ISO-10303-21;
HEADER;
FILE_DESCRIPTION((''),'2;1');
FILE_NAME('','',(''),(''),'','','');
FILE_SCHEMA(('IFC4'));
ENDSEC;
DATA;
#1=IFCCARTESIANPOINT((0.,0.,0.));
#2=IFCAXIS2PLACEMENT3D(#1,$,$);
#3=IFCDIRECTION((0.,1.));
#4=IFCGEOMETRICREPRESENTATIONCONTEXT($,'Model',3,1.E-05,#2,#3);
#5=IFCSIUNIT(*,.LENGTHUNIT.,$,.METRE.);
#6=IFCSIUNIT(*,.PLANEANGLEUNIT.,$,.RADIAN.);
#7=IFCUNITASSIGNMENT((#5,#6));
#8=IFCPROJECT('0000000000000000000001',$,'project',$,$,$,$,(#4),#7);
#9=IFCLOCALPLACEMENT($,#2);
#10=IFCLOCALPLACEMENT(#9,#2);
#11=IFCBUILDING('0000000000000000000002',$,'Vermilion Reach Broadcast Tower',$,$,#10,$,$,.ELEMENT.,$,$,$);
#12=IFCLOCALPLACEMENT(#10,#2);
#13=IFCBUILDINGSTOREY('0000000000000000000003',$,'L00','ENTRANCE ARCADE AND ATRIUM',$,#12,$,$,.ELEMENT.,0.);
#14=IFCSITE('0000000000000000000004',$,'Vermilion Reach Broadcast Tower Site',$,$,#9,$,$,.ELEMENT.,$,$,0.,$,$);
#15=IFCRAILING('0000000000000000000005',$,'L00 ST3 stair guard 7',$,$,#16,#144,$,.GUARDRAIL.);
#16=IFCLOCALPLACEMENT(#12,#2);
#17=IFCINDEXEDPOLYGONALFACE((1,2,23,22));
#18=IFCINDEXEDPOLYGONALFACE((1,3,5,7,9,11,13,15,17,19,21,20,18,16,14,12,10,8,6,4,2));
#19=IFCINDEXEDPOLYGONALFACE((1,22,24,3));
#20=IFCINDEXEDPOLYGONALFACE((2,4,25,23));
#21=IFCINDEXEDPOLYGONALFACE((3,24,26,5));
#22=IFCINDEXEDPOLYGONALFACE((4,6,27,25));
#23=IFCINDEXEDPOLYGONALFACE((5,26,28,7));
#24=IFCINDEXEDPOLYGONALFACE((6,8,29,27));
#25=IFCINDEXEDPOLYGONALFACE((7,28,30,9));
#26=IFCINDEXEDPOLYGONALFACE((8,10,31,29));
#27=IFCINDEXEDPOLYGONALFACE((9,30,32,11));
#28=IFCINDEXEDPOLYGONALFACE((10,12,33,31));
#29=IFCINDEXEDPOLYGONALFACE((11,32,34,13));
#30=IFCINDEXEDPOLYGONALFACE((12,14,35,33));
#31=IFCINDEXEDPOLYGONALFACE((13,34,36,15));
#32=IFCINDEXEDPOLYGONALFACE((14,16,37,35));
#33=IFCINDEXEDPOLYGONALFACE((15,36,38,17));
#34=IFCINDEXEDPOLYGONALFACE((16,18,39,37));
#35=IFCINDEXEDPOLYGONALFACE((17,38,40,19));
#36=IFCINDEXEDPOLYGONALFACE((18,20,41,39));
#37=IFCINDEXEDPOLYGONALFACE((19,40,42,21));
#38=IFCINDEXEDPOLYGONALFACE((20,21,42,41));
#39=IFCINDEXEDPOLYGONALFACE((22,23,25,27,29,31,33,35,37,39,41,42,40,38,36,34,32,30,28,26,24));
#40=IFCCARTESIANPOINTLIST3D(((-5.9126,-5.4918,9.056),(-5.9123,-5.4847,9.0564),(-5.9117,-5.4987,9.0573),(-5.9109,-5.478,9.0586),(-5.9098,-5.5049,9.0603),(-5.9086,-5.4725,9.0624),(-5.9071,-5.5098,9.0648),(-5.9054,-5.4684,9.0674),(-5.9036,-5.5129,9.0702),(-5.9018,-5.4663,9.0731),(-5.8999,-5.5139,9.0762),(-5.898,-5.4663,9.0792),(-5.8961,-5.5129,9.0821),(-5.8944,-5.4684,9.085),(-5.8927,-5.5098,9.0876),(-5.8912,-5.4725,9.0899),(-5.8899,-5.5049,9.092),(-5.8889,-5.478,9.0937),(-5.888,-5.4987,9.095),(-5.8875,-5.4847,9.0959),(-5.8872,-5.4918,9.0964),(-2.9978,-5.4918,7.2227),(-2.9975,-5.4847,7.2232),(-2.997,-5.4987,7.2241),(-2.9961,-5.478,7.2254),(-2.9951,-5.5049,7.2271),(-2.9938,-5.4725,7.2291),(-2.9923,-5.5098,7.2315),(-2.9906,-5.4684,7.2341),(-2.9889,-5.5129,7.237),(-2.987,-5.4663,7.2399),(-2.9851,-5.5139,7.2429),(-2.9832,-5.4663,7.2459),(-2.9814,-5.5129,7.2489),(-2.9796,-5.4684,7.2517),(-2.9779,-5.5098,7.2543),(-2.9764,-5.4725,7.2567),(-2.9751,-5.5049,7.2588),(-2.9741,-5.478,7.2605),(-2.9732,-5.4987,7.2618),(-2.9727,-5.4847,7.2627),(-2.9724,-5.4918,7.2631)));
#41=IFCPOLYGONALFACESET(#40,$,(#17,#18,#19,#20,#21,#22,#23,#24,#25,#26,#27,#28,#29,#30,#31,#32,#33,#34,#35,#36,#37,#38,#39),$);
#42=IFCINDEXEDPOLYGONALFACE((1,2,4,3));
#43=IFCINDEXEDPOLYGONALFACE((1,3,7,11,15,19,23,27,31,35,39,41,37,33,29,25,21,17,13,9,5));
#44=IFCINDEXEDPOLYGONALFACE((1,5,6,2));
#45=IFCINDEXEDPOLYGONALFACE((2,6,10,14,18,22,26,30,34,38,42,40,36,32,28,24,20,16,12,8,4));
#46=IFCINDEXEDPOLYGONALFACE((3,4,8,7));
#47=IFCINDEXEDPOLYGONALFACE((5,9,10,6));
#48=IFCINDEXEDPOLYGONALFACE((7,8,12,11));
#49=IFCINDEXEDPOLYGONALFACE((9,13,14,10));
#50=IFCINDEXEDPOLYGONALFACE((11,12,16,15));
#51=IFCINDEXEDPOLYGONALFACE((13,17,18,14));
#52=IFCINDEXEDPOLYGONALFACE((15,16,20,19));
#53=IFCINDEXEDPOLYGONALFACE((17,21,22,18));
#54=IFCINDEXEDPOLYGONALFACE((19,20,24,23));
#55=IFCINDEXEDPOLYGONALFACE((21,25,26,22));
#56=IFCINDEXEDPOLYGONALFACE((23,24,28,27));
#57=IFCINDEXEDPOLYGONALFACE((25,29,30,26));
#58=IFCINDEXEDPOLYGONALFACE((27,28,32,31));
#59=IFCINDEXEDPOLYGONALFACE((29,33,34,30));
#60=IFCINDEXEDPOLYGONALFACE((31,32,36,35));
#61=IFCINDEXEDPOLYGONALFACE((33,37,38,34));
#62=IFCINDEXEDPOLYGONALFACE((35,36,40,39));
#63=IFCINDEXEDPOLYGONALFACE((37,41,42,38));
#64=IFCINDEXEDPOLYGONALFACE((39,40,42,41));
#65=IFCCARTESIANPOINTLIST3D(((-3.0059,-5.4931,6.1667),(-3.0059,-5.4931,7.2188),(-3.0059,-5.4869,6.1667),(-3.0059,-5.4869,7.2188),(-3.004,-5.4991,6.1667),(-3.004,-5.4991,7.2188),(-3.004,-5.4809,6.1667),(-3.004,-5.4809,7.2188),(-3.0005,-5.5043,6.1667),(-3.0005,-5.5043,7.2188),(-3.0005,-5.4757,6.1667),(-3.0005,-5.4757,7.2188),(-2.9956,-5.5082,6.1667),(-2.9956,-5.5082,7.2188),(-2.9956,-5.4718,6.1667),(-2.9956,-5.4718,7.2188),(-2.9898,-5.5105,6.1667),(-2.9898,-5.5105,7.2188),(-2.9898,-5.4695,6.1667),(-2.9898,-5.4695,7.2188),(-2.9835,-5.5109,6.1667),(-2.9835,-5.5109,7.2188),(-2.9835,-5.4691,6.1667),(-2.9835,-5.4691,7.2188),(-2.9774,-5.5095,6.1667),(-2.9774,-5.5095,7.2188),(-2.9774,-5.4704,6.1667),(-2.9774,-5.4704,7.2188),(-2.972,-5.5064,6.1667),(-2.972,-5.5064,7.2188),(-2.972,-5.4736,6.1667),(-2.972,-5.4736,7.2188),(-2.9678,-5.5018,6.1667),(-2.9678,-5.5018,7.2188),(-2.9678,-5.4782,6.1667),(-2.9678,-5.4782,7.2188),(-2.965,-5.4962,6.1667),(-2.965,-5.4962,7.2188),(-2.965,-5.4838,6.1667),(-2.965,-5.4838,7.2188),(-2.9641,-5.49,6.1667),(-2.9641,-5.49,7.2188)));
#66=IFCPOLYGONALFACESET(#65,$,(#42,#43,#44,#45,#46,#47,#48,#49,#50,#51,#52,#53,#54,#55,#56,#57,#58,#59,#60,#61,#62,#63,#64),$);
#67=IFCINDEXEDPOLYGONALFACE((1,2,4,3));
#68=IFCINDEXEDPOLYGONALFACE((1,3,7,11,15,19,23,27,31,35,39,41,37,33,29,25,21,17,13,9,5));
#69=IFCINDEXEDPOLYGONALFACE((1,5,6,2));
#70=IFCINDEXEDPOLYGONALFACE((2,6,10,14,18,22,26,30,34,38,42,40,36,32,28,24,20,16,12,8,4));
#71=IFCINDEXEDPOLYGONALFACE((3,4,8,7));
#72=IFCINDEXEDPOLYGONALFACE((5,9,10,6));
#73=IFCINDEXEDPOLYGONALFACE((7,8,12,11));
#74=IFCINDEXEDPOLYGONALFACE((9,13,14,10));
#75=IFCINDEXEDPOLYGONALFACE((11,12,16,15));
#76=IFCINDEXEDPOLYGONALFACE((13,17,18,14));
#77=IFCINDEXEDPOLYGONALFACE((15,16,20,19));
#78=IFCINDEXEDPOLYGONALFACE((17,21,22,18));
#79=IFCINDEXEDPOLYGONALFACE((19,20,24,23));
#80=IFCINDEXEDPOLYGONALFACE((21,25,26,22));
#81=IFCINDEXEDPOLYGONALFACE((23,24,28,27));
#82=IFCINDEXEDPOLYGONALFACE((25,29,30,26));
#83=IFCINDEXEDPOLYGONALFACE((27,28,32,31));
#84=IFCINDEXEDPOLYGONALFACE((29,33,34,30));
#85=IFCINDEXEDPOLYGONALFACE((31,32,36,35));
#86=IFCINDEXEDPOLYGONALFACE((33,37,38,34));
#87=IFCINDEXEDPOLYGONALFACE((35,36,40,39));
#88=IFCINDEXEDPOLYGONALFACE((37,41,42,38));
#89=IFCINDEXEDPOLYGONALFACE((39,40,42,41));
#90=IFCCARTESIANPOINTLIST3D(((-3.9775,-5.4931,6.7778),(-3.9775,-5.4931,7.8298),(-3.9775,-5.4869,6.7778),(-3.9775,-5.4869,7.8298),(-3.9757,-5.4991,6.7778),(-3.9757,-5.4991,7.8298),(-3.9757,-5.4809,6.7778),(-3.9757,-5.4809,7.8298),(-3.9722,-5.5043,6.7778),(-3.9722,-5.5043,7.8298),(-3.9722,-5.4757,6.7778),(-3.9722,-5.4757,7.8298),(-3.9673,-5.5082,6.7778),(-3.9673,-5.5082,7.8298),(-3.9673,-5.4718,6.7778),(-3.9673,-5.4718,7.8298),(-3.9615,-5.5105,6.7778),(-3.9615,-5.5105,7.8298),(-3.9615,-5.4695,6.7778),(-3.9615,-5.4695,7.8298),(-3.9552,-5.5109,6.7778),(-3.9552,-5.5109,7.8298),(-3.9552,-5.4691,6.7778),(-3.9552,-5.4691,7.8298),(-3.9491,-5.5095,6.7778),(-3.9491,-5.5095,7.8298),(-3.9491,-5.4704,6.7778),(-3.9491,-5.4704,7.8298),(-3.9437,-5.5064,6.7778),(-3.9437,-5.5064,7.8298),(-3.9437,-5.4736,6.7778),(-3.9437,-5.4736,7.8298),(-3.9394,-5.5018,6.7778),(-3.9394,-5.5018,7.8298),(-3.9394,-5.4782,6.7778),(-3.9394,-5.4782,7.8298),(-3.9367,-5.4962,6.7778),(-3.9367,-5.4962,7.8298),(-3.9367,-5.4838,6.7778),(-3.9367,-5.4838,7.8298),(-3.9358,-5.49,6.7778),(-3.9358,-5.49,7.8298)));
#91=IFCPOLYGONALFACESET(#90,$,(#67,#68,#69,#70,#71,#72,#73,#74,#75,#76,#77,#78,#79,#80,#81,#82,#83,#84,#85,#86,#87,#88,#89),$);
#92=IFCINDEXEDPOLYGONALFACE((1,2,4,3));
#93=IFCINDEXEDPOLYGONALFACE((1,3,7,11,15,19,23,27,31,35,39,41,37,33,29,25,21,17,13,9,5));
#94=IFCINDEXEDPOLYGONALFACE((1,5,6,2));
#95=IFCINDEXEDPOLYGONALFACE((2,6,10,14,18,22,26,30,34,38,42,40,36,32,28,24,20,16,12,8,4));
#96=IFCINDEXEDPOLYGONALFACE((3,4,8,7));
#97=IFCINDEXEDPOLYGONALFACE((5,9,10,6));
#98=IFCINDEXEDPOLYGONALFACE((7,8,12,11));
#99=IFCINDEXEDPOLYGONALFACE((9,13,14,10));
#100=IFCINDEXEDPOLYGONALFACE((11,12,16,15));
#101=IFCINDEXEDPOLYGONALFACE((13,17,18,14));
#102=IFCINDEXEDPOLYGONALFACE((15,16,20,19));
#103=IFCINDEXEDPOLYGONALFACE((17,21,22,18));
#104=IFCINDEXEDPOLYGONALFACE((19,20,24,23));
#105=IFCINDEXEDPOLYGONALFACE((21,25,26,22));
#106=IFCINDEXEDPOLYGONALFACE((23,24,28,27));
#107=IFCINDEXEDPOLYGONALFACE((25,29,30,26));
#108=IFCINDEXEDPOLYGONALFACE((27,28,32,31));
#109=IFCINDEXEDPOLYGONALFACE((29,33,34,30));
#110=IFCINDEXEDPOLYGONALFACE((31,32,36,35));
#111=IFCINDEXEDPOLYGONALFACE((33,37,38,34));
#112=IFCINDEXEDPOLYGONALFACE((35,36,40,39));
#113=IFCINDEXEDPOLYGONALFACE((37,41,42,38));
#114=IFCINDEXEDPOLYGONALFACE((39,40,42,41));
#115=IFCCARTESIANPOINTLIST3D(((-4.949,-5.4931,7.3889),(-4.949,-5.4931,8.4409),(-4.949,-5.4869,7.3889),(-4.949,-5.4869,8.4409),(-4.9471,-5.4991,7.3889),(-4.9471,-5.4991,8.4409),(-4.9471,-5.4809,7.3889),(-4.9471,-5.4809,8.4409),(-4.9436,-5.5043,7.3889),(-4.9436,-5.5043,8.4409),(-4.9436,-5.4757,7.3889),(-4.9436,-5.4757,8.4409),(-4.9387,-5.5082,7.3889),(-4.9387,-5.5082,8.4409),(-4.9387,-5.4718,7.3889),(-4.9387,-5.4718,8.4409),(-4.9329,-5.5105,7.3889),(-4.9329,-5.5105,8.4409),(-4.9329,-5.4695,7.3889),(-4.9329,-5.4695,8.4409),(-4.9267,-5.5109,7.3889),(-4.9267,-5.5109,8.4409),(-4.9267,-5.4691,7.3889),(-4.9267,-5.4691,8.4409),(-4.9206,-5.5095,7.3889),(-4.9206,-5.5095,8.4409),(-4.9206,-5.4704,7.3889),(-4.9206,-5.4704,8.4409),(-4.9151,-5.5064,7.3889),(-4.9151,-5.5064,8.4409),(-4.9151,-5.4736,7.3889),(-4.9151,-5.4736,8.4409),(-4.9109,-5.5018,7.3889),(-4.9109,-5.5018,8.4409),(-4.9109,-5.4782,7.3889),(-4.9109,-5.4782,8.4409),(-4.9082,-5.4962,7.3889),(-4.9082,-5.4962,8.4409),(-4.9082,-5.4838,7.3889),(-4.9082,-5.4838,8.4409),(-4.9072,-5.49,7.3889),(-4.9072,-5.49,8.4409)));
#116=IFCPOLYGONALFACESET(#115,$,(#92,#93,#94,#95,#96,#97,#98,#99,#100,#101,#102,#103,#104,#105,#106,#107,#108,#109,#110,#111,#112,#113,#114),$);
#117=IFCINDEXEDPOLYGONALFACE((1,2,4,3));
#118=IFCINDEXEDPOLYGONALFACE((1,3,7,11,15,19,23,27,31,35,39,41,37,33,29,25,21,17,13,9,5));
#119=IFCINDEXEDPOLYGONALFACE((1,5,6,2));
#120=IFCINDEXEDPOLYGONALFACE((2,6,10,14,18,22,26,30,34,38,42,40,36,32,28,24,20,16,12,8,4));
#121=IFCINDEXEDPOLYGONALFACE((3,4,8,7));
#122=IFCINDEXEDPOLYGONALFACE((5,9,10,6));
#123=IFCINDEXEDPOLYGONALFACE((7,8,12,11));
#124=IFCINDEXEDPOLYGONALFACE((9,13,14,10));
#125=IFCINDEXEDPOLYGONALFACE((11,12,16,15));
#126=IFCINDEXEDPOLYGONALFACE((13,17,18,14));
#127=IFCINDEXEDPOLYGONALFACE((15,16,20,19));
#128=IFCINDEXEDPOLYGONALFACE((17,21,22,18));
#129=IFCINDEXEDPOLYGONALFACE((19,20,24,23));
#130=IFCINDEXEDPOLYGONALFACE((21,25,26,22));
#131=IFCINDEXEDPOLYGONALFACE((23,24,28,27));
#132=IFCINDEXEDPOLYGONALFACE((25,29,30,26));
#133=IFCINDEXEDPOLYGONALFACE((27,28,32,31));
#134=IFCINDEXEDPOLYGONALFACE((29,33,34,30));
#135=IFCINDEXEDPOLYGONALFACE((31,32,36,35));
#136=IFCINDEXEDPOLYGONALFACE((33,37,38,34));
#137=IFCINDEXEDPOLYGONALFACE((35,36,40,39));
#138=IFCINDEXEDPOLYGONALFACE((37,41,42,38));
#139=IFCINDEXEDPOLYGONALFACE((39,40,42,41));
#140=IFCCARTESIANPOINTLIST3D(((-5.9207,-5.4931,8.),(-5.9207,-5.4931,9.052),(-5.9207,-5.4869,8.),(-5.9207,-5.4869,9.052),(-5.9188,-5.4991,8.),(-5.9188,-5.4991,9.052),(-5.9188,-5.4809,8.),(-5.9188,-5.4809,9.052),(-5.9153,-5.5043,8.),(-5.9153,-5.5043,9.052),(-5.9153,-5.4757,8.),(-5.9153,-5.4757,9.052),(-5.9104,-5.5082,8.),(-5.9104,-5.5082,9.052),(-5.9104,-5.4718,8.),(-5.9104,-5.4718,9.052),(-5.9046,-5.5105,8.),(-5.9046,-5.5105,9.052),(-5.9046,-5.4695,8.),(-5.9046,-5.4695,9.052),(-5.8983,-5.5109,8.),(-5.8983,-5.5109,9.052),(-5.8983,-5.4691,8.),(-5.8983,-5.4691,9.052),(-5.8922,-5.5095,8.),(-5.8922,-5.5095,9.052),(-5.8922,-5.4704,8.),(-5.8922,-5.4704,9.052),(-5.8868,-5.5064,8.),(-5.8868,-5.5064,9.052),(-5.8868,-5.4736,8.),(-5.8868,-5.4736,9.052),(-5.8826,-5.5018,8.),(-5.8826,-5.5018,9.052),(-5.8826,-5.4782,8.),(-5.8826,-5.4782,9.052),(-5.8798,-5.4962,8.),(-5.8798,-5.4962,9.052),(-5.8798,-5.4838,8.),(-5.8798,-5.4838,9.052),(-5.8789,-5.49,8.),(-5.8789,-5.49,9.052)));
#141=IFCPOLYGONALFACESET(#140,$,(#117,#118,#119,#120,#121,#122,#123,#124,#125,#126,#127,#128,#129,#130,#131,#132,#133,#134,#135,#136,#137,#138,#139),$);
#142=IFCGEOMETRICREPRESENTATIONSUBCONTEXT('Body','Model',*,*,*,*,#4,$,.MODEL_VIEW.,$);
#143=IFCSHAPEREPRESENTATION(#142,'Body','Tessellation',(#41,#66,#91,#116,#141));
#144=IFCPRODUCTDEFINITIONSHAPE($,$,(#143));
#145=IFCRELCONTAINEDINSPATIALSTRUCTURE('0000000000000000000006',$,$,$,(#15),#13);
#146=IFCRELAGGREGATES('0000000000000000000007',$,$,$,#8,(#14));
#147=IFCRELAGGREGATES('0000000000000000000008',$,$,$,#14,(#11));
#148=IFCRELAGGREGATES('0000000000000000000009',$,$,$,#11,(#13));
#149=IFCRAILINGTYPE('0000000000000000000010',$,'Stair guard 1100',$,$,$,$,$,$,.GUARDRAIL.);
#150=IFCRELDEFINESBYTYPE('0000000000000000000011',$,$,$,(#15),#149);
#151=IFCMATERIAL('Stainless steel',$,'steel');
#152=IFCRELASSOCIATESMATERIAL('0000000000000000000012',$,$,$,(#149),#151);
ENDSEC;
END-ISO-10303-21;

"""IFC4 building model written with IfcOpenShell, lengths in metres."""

from ifc_helpers import new_model, si_unit, direction, frame, origin, origin_2d, place, context, subcontext, project, spatial, circle, extrude, material, type_object, element, save


model = new_model("IFC4")

# Units and contexts
model_context = context("Model", 3, precision=1e-05, world=origin(), true_north=direction((0.0, 1.0)))
body_context = subcontext(model_context, "Body", "Model", "MODEL_VIEW")
ifc_project = project(units=[si_unit("LENGTHUNIT", "METRE"), si_unit("PLANEANGLEUNIT", "RADIAN")], contexts=[model_context])

# Site, building, storey
site_placement = place(None, origin())
site = spatial("IfcSite", under=ifc_project, at=site_placement, Name="Vermilion Reach Broadcast Tower Site", CompositionType="ELEMENT", RefElevation=0.0)
building_placement = place(site_placement, origin())
building = spatial("IfcBuilding", under=site, at=building_placement, Name="Vermilion Reach Broadcast Tower", CompositionType="ELEMENT")
storey_placement = place(building_placement, origin())
storey = spatial("IfcBuildingStorey", under=building, at=storey_placement, Name="L00", Description="ENTRANCE ARCADE AND ATRIUM", CompositionType="ELEMENT", Elevation=0.0)

# Railing
ifc_material_1 = material(Name="Stainless steel", Category="steel")
railing_type_1 = type_object("IfcRailingType", Name="Stair guard 1100", PredefinedType="GUARDRAIL", material=ifc_material_1)
railing_1_placement = place(storey_placement, frame((-2.9851, -5.49, 6.1667)))
element("IfcRailing", 1, at=railing_1_placement, inside=storey, type_object=railing_type_1, Name="L00 ST3 stair guard 7", PredefinedType="GUARDRAIL", context=body_context, shape_type="SweptSolid", body=[
    extrude(circle(Radius=0.0239, at=origin_2d()), frame((0.0, 0.0, 1.0762), z_axis=(-0.846493, 0.0, 0.532399), x_axis=(0.0, -1.0, 0.0)), (0.0, 0.0, 1.0), 3.4434),
    extrude(circle(Radius=0.021, at=origin_2d()), origin(), (0.0, 0.0, 1.0), 1.052),
    extrude(circle(Radius=0.021, at=origin_2d()), frame((-0.9717, 0.0, 0.6111)), (0.0, 0.0, 1.0), 1.052),
    extrude(circle(Radius=0.021, at=origin_2d()), frame((-1.9431, 0.0, 1.2222)), (0.0, 0.0, 1.0), 1.052),
    extrude(circle(Radius=0.021, at=origin_2d()), frame((-2.9148, 0.0, 1.8333)), (0.0, 0.0, 1.0), 1.052),
])

save(model, "model.ifc")
